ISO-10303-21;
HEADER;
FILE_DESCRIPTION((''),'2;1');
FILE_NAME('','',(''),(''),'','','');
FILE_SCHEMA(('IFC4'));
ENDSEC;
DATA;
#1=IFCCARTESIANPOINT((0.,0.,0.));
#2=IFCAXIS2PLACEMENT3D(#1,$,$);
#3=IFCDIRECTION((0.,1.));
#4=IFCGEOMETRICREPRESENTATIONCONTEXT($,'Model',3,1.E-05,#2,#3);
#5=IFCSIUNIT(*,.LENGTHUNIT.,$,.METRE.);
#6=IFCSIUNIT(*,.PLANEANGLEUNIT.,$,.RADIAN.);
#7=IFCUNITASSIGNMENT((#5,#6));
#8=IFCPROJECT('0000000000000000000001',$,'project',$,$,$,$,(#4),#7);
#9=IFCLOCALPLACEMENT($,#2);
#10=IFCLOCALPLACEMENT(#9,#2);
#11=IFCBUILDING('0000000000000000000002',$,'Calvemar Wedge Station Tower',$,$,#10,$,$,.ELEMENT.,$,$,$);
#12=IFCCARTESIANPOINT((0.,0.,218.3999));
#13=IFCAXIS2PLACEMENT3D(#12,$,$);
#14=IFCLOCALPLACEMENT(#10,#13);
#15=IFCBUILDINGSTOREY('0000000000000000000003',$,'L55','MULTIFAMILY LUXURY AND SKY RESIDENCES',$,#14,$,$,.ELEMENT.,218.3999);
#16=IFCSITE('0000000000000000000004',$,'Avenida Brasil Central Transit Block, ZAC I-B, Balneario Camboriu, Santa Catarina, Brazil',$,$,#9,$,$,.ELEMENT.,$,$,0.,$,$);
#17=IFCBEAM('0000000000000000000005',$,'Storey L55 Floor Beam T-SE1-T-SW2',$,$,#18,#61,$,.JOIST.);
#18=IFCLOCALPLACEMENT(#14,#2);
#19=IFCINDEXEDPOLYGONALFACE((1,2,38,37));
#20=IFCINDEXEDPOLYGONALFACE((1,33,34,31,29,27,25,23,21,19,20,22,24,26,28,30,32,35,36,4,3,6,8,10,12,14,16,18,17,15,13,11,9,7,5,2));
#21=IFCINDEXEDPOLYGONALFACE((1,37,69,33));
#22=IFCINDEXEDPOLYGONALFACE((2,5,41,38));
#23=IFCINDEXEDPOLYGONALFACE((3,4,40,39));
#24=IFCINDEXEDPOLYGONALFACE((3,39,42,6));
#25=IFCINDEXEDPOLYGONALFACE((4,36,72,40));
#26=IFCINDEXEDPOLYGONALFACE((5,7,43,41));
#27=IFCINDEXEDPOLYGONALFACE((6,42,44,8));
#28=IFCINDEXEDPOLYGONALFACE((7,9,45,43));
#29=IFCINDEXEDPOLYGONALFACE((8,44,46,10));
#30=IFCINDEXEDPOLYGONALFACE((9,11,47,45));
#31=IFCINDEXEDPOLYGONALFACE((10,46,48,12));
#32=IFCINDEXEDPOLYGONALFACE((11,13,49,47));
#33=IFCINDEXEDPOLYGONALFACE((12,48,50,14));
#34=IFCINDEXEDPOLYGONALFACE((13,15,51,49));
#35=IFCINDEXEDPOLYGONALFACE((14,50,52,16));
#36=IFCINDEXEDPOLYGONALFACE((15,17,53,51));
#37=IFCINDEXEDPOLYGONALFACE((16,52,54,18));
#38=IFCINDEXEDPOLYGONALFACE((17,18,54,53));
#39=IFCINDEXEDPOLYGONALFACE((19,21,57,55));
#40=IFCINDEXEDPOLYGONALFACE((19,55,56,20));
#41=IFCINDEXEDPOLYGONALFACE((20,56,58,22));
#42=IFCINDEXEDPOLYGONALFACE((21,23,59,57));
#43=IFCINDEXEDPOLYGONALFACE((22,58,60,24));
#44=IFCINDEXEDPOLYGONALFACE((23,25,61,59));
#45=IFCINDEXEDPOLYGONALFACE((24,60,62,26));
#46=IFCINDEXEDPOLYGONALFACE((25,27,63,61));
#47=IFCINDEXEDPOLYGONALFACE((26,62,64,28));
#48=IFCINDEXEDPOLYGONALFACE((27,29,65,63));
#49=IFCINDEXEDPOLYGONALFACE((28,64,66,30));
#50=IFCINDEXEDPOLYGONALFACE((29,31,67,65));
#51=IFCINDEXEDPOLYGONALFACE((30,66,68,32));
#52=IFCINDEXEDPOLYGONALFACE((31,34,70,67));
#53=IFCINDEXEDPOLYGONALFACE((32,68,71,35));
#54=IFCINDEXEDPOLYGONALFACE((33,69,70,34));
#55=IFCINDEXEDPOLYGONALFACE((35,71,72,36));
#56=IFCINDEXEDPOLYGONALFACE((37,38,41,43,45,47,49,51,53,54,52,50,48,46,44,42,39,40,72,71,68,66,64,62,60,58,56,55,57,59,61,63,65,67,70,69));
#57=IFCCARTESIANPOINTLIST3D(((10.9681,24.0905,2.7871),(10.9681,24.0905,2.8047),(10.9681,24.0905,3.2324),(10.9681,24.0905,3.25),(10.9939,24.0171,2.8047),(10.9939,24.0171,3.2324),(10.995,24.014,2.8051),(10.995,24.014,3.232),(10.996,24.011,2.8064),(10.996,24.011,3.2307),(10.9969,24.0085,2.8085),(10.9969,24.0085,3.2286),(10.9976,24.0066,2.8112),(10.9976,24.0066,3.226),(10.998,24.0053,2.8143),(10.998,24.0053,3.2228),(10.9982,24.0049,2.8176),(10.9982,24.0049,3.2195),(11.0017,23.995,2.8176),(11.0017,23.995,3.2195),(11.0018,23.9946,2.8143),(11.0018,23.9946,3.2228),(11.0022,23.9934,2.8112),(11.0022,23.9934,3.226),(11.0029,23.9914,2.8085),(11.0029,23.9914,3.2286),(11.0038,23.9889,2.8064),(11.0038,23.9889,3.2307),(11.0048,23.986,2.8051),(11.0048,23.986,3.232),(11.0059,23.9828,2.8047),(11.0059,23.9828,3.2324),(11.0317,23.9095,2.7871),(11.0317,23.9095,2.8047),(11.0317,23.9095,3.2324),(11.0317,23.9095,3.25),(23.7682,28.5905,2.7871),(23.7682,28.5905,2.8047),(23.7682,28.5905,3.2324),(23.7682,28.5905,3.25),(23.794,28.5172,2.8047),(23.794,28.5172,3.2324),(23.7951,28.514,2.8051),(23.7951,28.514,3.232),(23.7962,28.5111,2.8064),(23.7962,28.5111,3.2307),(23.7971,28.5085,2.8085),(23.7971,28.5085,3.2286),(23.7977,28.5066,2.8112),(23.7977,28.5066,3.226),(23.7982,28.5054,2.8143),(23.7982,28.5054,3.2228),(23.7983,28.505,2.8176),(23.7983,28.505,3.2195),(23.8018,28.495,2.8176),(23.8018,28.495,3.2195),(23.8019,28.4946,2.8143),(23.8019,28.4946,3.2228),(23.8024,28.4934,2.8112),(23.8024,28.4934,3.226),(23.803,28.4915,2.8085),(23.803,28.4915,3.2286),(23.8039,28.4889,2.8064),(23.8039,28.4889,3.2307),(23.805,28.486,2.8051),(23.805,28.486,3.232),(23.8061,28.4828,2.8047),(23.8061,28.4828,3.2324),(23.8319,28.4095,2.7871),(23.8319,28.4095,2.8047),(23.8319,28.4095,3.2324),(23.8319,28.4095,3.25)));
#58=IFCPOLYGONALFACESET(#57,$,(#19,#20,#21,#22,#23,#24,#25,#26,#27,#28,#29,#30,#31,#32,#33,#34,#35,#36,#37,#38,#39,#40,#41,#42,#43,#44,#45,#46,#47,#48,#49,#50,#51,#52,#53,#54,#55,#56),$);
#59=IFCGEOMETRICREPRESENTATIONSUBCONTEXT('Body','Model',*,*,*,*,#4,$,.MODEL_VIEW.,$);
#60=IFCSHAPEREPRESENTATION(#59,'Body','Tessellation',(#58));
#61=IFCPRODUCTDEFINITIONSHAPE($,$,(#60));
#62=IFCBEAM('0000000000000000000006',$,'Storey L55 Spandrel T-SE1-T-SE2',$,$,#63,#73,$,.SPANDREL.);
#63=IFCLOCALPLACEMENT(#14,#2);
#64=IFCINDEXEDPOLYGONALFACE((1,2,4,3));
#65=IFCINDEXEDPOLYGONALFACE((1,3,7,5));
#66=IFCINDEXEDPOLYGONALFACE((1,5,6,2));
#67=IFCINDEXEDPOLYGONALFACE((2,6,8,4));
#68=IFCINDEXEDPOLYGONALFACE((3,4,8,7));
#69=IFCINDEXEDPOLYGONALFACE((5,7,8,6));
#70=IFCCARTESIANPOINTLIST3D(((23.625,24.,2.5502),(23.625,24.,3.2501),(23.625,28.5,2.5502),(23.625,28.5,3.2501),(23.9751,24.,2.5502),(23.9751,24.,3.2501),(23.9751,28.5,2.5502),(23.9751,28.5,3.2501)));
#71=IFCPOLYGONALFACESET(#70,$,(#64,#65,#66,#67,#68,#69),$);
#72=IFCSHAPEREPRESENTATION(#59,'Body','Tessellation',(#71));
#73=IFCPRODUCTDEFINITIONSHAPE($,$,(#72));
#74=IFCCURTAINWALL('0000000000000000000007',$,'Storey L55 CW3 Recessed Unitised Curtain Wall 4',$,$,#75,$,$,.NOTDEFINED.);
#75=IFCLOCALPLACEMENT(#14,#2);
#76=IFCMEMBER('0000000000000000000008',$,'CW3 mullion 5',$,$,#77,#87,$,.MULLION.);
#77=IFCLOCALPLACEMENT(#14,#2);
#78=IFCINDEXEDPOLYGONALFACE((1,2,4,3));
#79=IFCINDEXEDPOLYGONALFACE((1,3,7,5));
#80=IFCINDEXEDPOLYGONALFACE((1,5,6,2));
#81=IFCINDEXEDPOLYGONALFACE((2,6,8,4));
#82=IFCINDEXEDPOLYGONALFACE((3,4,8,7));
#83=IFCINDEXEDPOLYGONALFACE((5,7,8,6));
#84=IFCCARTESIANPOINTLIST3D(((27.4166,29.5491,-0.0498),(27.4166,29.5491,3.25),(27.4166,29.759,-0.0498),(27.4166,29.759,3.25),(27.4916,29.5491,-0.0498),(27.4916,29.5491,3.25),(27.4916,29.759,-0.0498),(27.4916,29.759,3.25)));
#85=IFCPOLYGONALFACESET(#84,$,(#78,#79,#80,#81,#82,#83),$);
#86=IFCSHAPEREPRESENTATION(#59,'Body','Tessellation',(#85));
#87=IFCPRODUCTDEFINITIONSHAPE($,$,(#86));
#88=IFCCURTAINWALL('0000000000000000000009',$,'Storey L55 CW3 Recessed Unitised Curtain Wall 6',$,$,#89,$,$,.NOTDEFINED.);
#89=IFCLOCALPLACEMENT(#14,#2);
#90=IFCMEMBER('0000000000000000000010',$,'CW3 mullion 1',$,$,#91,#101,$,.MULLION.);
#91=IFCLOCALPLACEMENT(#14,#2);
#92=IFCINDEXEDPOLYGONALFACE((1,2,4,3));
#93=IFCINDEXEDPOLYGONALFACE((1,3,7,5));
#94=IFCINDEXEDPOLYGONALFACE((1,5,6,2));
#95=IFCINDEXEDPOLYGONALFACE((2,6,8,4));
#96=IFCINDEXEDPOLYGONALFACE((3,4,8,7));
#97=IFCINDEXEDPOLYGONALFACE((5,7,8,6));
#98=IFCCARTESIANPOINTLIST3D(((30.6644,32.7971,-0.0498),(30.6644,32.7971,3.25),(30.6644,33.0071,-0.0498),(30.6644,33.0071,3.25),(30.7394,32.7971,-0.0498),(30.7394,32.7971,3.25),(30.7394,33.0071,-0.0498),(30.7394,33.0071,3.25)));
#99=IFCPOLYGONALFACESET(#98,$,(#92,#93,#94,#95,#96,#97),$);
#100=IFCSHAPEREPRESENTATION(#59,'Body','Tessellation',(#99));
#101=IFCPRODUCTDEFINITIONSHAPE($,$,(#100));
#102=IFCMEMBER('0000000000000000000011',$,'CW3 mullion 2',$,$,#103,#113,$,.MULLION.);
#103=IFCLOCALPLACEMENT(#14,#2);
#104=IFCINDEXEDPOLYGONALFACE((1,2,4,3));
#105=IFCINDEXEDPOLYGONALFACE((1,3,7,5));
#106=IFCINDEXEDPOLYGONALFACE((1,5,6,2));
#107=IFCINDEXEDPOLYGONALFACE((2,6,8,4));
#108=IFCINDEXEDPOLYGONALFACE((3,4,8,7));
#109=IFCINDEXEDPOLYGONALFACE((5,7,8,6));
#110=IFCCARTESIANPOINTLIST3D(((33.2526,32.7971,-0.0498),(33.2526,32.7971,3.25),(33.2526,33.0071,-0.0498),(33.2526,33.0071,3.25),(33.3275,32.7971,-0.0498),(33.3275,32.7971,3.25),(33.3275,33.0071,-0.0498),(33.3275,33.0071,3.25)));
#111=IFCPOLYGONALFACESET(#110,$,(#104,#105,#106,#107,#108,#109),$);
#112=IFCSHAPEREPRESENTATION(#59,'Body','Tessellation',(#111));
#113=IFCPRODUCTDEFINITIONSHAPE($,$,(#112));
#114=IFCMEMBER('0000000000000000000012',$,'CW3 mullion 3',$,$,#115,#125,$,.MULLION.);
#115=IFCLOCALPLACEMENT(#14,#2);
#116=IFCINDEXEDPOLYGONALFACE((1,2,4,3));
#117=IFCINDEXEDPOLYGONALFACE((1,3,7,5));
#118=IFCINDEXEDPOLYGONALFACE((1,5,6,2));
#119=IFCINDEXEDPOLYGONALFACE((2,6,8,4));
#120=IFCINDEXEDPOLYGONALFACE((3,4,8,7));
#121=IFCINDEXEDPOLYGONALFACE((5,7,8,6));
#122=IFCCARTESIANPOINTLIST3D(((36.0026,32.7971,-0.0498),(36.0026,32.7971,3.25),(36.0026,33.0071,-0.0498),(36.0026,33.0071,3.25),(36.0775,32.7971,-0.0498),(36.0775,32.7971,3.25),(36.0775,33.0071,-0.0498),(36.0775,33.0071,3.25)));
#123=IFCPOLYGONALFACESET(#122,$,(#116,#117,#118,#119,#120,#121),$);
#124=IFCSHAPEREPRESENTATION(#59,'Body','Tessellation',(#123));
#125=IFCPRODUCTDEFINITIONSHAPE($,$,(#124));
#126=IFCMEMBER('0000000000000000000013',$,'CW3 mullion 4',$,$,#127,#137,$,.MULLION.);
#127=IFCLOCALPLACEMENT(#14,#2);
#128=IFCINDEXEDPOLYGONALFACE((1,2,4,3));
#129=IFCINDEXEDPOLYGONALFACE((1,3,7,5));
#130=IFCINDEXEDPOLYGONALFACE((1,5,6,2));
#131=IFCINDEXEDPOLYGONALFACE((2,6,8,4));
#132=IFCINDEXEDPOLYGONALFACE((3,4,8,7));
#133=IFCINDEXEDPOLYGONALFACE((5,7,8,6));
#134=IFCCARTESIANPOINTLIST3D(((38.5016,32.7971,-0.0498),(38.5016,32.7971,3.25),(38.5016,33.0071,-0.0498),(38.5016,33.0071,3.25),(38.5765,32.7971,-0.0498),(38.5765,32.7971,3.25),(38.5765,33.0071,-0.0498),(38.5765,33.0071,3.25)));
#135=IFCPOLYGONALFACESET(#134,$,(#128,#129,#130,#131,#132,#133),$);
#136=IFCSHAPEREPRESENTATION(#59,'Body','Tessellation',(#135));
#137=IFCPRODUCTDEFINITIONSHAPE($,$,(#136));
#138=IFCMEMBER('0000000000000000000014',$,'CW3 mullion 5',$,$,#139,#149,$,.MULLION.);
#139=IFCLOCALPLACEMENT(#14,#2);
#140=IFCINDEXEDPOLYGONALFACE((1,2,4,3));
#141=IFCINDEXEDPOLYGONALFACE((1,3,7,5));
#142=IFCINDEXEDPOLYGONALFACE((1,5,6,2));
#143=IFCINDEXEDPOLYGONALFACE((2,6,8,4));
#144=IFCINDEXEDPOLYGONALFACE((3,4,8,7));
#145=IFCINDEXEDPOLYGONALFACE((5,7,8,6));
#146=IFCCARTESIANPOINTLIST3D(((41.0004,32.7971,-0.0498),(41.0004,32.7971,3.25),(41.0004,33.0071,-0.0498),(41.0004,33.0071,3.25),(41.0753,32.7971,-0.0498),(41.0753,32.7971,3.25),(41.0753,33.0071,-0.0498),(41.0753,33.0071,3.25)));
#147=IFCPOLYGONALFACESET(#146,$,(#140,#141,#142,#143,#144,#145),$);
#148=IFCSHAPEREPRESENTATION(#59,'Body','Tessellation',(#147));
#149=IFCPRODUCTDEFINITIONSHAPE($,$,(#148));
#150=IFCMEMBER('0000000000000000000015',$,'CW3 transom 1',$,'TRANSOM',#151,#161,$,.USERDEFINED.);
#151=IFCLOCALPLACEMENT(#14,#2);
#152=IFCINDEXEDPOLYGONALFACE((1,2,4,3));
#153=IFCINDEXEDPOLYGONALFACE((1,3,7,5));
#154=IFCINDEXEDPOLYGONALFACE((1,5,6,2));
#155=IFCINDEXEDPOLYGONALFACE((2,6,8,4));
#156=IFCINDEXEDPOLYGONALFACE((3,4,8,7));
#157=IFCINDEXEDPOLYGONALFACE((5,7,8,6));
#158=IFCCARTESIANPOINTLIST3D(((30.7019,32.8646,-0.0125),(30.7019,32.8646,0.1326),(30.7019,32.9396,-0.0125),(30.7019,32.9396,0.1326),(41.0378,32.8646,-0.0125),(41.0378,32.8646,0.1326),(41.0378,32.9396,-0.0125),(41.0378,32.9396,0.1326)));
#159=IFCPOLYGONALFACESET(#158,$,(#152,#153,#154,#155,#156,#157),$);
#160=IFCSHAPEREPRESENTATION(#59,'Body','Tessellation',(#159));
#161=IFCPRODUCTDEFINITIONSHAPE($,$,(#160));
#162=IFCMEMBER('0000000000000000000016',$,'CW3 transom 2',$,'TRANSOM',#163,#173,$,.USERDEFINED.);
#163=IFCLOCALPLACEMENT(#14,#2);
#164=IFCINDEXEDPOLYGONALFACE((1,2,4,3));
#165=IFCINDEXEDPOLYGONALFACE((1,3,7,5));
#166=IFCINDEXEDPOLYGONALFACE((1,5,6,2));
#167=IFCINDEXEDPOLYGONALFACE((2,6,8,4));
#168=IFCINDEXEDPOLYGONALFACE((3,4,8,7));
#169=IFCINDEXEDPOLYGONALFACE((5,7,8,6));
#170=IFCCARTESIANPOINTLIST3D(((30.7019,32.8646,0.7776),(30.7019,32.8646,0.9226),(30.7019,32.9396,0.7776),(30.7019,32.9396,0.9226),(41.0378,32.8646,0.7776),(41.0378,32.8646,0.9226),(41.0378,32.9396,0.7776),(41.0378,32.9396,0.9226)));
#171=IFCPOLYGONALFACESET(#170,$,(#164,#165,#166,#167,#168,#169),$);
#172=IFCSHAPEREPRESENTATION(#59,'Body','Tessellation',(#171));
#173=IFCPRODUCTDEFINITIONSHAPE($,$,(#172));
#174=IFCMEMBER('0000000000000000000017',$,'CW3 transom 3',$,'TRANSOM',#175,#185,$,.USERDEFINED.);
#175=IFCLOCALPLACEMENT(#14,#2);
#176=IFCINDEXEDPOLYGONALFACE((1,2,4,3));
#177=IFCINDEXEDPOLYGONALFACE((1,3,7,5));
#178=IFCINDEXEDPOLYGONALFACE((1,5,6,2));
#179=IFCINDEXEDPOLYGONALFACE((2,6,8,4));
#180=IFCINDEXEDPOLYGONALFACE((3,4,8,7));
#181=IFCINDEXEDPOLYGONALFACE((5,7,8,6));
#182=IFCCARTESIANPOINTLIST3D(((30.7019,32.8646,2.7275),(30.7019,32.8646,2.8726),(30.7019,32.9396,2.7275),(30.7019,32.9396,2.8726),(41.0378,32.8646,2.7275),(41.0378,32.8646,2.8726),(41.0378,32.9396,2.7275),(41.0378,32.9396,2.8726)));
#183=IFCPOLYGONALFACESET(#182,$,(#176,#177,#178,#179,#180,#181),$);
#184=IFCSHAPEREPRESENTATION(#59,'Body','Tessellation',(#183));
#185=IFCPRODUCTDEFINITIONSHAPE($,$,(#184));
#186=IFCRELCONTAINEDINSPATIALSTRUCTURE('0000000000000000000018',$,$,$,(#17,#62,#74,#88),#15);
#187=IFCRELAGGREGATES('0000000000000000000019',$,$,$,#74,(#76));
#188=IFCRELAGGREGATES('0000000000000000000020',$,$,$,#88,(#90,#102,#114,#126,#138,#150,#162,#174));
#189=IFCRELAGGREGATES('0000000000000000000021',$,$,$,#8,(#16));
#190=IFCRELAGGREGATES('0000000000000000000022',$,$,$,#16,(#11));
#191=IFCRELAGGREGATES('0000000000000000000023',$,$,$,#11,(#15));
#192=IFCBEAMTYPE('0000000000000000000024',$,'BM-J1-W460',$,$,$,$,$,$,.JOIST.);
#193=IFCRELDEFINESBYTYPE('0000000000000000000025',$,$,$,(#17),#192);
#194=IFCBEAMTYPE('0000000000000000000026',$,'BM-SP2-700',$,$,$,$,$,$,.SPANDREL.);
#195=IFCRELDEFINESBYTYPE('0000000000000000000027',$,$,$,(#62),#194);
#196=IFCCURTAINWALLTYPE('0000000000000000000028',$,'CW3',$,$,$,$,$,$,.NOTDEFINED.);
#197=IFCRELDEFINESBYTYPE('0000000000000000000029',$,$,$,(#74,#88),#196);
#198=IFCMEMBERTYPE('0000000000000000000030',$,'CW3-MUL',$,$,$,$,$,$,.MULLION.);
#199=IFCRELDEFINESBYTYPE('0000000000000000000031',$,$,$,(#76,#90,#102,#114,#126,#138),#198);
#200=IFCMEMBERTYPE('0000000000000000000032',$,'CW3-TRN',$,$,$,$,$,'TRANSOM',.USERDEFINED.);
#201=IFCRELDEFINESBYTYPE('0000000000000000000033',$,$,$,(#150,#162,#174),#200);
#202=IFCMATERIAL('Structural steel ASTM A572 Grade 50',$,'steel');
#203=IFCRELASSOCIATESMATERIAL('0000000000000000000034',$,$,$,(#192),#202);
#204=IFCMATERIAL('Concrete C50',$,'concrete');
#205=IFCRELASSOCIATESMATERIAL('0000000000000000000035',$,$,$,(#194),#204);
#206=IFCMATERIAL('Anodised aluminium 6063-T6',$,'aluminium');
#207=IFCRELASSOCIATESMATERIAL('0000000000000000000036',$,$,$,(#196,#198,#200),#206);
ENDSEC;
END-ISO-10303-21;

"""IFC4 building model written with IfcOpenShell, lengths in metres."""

from ifc_helpers import new_model, si_unit, direction, frame, origin, origin_2d, place, context, subcontext, project, spatial, rectangle, i_section, extrude, source, transform, mapped, material, material_profile, profile_set, type_object, element, aggregate, save


model = new_model("IFC4")

# Units and contexts
model_context = context("Model", 3, precision=1e-05, world=origin(), true_north=direction((0.0, 1.0)))
body_context = subcontext(model_context, "Body", "Model", "MODEL_VIEW")
ifc_project = project(units=[si_unit("LENGTHUNIT", "METRE"), si_unit("PLANEANGLEUNIT", "RADIAN")], contexts=[model_context])

# Site, building, storey
site_placement = place(None, origin())
site = spatial("IfcSite", under=ifc_project, at=site_placement, Name="Avenida Brasil Central Transit Block, ZAC I-B, Balneario Camboriu, Santa Catarina, Brazil", CompositionType="ELEMENT", RefElevation=0.0)
building_placement = place(site_placement, origin())
building = spatial("IfcBuilding", under=site, at=building_placement, Name="Calvemar Wedge Station Tower", CompositionType="ELEMENT")
storey_placement = place(building_placement, frame((0.0, 0.0, 218.3999)))
storey = spatial("IfcBuildingStorey", under=building, at=storey_placement, Name="L55", Description="MULTIFAMILY LUXURY AND SKY RESIDENCES", CompositionType="ELEMENT", Elevation=218.3999)

# Beams
ifc_material_1 = material(Name="Structural steel ASTM A572 Grade 50", Category="steel")
ifc_material_profile_1 = material_profile(ifc_material_1, i_section(OverallWidth=0.1919, OverallDepth=0.4629, WebThickness=0.0105, FlangeThickness=0.0176, FilletRadius=0.0129, at=origin_2d()), Name="W460x89")
ifc_profile_set_1 = profile_set([ifc_material_profile_1], Name="Structural steel ASTM A572 Grade 50")
beam_type_1 = type_object("IfcBeamType", Name="BM-J1-W460", PredefinedType="JOIST", material=ifc_profile_set_1)
shared_shape_1 = source(origin(), body_context, "Body", "SweptSolid", [
    extrude(i_section(OverallWidth=0.1919, OverallDepth=0.4629, WebThickness=0.0105, FlangeThickness=0.0176, FilletRadius=0.0129, at=origin_2d()), origin(), (0.0, 0.0, 1.0), 13.5681),
])
beam_1_placement = place(storey_placement, frame((23.8, 28.5, 3.0186), z_axis=(-0.943398, -0.331662, 0.0), x_axis=(0.331662, -0.943398, 0.0)))
element("IfcBeam", 1, at=beam_1_placement, inside=storey, type_object=beam_type_1, Name="Storey L55 Floor Beam T-SE1-T-SW2", PredefinedType="JOIST", context=body_context, shape_type="MappedRepresentation", body=[
    mapped(shared_shape_1, transform((0.0, 0.0, 0.0), scale=1.0)),
])
ifc_material_2 = material(Name="Concrete C50", Category="concrete")
ifc_material_profile_2 = material_profile(ifc_material_2, rectangle(XDim=0.3501, YDim=0.7, at=origin_2d()), Name="RC350x700")
ifc_profile_set_2 = profile_set([ifc_material_profile_2], Name="Concrete C50")
beam_type_2 = type_object("IfcBeamType", Name="BM-SP2-700", PredefinedType="SPANDREL", material=ifc_profile_set_2)
shared_shape_2 = source(origin(), body_context, "Body", "SweptSolid", [
    extrude(rectangle(XDim=0.3501, YDim=0.7, at=origin_2d()), origin(), (0.0, 0.0, 1.0), 4.5),
])
beam_2_placement = place(storey_placement, frame((23.8, 28.5, 2.9001), z_axis=(0.0, -1.0, 0.0), x_axis=(1.0, 0.0, 0.0)))
element("IfcBeam", 2, at=beam_2_placement, inside=storey, type_object=beam_type_2, Name="Storey L55 Spandrel T-SE1-T-SE2", PredefinedType="SPANDREL", context=body_context, shape_type="MappedRepresentation", body=[
    mapped(shared_shape_2, transform((0.0, 0.0, 0.0), scale=1.0)),
])

# Curtain wall, member
ifc_material_3 = material(Name="Anodised aluminium 6063-T6", Category="aluminium")
curtain_wall_type = type_object("IfcCurtainWallType", Name="CW3", PredefinedType="NOTDEFINED", material=ifc_material_3)
curtain_wall_1_placement = place(storey_placement, origin())
curtain_wall_1 = element("IfcCurtainWall", 3, at=curtain_wall_1_placement, inside=storey, type_object=curtain_wall_type, Name="Storey L55 CW3 Recessed Unitised Curtain Wall 4", PredefinedType="NOTDEFINED")
ifc_material_profile_3 = material_profile(ifc_material_3, rectangle(XDim=0.075, YDim=0.21, at=origin_2d()), Name="AL-MUL-75x210")
ifc_profile_set_3 = profile_set([ifc_material_profile_3], Name="Anodised aluminium 6063-T6")
member_type_1 = type_object("IfcMemberType", Name="CW3-MUL", PredefinedType="MULLION", material=ifc_profile_set_3)
shared_shape_3 = source(origin(), body_context, "Body", "SweptSolid", [
    extrude(rectangle(XDim=0.075, YDim=0.21, at=origin_2d()), origin(), (0.0, 0.0, 1.0), 3.2998),
])
member_1_placement = place(storey_placement, frame((27.4541, 29.6541, -0.0498), z_axis=(0.0, 0.0, 1.0), x_axis=(1.0, 0.0, 0.0)))
member_1 = element("IfcMember", 4, at=member_1_placement, type_object=member_type_1, Name="CW3 mullion 5", PredefinedType="MULLION", context=body_context, shape_type="MappedRepresentation", body=[
    mapped(shared_shape_3, transform((0.0, 0.0, 0.0), scale=1.0)),
])
aggregate(curtain_wall_1, [member_1])

# Curtain wall, members
curtain_wall_2_placement = place(storey_placement, origin())
curtain_wall_2 = element("IfcCurtainWall", 5, at=curtain_wall_2_placement, inside=storey, type_object=curtain_wall_type, Name="Storey L55 CW3 Recessed Unitised Curtain Wall 6", PredefinedType="NOTDEFINED")
member_2_placement = place(storey_placement, frame((30.7019, 32.9021, -0.0498), z_axis=(0.0, 0.0, 1.0), x_axis=(1.0, 0.0, 0.0)))
member_2 = element("IfcMember", 6, at=member_2_placement, type_object=member_type_1, Name="CW3 mullion 1", PredefinedType="MULLION", context=body_context, shape_type="MappedRepresentation", body=[
    mapped(shared_shape_3, transform((0.0, 0.0, 0.0), scale=1.0)),
])
member_3_placement = place(storey_placement, frame((33.29, 32.9021, -0.0498), z_axis=(0.0, 0.0, 1.0), x_axis=(1.0, 0.0, 0.0)))
member_3 = element("IfcMember", 7, at=member_3_placement, type_object=member_type_1, Name="CW3 mullion 2", PredefinedType="MULLION", context=body_context, shape_type="MappedRepresentation", body=[
    mapped(shared_shape_3, transform((0.0, 0.0, 0.0), scale=1.0)),
])
member_4_placement = place(storey_placement, frame((36.04, 32.9021, -0.0498), z_axis=(0.0, 0.0, 1.0), x_axis=(1.0, 0.0, 0.0)))
member_4 = element("IfcMember", 8, at=member_4_placement, type_object=member_type_1, Name="CW3 mullion 3", PredefinedType="MULLION", context=body_context, shape_type="MappedRepresentation", body=[
    mapped(shared_shape_3, transform((0.0, 0.0, 0.0), scale=1.0)),
])
member_5_placement = place(storey_placement, frame((38.5391, 32.9021, -0.0498), z_axis=(0.0, 0.0, 1.0), x_axis=(1.0, 0.0, 0.0)))
member_5 = element("IfcMember", 9, at=member_5_placement, type_object=member_type_1, Name="CW3 mullion 4", PredefinedType="MULLION", context=body_context, shape_type="MappedRepresentation", body=[
    mapped(shared_shape_3, transform((0.0, 0.0, 0.0), scale=1.0)),
])
member_6_placement = place(storey_placement, frame((41.0378, 32.9021, -0.0498), z_axis=(0.0, 0.0, 1.0), x_axis=(1.0, 0.0, 0.0)))
member_6 = element("IfcMember", 10, at=member_6_placement, type_object=member_type_1, Name="CW3 mullion 5", PredefinedType="MULLION", context=body_context, shape_type="MappedRepresentation", body=[
    mapped(shared_shape_3, transform((0.0, 0.0, 0.0), scale=1.0)),
])
ifc_material_profile_4 = material_profile(ifc_material_3, rectangle(XDim=0.075, YDim=0.145, at=origin_2d()), Name="AL-TRN-75x145")
ifc_profile_set_4 = profile_set([ifc_material_profile_4], Name="Anodised aluminium 6063-T6")
member_type_2 = type_object("IfcMemberType", Name="CW3-TRN", ElementType="TRANSOM", PredefinedType="USERDEFINED", material=ifc_profile_set_4)
shared_shape_4 = source(origin(), body_context, "Body", "SweptSolid", [
    extrude(rectangle(XDim=0.075, YDim=0.145, at=origin_2d()), origin(), (0.0, 0.0, 1.0), 10.3359),
])
member_7_placement = place(storey_placement, frame((30.7019, 32.9021, 0.0601), z_axis=(1.0, 0.0, 0.0), x_axis=(0.0, 1.0, 0.0)))
member_7 = element("IfcMember", 11, at=member_7_placement, type_object=member_type_2, Name="CW3 transom 1", ObjectType="TRANSOM", PredefinedType="USERDEFINED", context=body_context, shape_type="MappedRepresentation", body=[
    mapped(shared_shape_4, transform((0.0, 0.0, 0.0), scale=1.0)),
])
member_8_placement = place(storey_placement, frame((30.7019, 32.9021, 0.8501), z_axis=(1.0, 0.0, 0.0), x_axis=(0.0, 1.0, 0.0)))
member_8 = element("IfcMember", 12, at=member_8_placement, type_object=member_type_2, Name="CW3 transom 2", ObjectType="TRANSOM", PredefinedType="USERDEFINED", context=body_context, shape_type="MappedRepresentation", body=[
    mapped(shared_shape_4, transform((0.0, 0.0, 0.0), scale=1.0)),
])
member_9_placement = place(storey_placement, frame((30.7019, 32.9021, 2.8), z_axis=(1.0, 0.0, 0.0), x_axis=(0.0, 1.0, 0.0)))
member_9 = element("IfcMember", 13, at=member_9_placement, type_object=member_type_2, Name="CW3 transom 3", ObjectType="TRANSOM", PredefinedType="USERDEFINED", context=body_context, shape_type="MappedRepresentation", body=[
    mapped(shared_shape_4, transform((0.0, 0.0, 0.0), scale=1.0)),
])
aggregate(curtain_wall_2, [member_2, member_3, member_4, member_5, member_6, member_7, member_8, member_9])

save(model, "model.ifc")
